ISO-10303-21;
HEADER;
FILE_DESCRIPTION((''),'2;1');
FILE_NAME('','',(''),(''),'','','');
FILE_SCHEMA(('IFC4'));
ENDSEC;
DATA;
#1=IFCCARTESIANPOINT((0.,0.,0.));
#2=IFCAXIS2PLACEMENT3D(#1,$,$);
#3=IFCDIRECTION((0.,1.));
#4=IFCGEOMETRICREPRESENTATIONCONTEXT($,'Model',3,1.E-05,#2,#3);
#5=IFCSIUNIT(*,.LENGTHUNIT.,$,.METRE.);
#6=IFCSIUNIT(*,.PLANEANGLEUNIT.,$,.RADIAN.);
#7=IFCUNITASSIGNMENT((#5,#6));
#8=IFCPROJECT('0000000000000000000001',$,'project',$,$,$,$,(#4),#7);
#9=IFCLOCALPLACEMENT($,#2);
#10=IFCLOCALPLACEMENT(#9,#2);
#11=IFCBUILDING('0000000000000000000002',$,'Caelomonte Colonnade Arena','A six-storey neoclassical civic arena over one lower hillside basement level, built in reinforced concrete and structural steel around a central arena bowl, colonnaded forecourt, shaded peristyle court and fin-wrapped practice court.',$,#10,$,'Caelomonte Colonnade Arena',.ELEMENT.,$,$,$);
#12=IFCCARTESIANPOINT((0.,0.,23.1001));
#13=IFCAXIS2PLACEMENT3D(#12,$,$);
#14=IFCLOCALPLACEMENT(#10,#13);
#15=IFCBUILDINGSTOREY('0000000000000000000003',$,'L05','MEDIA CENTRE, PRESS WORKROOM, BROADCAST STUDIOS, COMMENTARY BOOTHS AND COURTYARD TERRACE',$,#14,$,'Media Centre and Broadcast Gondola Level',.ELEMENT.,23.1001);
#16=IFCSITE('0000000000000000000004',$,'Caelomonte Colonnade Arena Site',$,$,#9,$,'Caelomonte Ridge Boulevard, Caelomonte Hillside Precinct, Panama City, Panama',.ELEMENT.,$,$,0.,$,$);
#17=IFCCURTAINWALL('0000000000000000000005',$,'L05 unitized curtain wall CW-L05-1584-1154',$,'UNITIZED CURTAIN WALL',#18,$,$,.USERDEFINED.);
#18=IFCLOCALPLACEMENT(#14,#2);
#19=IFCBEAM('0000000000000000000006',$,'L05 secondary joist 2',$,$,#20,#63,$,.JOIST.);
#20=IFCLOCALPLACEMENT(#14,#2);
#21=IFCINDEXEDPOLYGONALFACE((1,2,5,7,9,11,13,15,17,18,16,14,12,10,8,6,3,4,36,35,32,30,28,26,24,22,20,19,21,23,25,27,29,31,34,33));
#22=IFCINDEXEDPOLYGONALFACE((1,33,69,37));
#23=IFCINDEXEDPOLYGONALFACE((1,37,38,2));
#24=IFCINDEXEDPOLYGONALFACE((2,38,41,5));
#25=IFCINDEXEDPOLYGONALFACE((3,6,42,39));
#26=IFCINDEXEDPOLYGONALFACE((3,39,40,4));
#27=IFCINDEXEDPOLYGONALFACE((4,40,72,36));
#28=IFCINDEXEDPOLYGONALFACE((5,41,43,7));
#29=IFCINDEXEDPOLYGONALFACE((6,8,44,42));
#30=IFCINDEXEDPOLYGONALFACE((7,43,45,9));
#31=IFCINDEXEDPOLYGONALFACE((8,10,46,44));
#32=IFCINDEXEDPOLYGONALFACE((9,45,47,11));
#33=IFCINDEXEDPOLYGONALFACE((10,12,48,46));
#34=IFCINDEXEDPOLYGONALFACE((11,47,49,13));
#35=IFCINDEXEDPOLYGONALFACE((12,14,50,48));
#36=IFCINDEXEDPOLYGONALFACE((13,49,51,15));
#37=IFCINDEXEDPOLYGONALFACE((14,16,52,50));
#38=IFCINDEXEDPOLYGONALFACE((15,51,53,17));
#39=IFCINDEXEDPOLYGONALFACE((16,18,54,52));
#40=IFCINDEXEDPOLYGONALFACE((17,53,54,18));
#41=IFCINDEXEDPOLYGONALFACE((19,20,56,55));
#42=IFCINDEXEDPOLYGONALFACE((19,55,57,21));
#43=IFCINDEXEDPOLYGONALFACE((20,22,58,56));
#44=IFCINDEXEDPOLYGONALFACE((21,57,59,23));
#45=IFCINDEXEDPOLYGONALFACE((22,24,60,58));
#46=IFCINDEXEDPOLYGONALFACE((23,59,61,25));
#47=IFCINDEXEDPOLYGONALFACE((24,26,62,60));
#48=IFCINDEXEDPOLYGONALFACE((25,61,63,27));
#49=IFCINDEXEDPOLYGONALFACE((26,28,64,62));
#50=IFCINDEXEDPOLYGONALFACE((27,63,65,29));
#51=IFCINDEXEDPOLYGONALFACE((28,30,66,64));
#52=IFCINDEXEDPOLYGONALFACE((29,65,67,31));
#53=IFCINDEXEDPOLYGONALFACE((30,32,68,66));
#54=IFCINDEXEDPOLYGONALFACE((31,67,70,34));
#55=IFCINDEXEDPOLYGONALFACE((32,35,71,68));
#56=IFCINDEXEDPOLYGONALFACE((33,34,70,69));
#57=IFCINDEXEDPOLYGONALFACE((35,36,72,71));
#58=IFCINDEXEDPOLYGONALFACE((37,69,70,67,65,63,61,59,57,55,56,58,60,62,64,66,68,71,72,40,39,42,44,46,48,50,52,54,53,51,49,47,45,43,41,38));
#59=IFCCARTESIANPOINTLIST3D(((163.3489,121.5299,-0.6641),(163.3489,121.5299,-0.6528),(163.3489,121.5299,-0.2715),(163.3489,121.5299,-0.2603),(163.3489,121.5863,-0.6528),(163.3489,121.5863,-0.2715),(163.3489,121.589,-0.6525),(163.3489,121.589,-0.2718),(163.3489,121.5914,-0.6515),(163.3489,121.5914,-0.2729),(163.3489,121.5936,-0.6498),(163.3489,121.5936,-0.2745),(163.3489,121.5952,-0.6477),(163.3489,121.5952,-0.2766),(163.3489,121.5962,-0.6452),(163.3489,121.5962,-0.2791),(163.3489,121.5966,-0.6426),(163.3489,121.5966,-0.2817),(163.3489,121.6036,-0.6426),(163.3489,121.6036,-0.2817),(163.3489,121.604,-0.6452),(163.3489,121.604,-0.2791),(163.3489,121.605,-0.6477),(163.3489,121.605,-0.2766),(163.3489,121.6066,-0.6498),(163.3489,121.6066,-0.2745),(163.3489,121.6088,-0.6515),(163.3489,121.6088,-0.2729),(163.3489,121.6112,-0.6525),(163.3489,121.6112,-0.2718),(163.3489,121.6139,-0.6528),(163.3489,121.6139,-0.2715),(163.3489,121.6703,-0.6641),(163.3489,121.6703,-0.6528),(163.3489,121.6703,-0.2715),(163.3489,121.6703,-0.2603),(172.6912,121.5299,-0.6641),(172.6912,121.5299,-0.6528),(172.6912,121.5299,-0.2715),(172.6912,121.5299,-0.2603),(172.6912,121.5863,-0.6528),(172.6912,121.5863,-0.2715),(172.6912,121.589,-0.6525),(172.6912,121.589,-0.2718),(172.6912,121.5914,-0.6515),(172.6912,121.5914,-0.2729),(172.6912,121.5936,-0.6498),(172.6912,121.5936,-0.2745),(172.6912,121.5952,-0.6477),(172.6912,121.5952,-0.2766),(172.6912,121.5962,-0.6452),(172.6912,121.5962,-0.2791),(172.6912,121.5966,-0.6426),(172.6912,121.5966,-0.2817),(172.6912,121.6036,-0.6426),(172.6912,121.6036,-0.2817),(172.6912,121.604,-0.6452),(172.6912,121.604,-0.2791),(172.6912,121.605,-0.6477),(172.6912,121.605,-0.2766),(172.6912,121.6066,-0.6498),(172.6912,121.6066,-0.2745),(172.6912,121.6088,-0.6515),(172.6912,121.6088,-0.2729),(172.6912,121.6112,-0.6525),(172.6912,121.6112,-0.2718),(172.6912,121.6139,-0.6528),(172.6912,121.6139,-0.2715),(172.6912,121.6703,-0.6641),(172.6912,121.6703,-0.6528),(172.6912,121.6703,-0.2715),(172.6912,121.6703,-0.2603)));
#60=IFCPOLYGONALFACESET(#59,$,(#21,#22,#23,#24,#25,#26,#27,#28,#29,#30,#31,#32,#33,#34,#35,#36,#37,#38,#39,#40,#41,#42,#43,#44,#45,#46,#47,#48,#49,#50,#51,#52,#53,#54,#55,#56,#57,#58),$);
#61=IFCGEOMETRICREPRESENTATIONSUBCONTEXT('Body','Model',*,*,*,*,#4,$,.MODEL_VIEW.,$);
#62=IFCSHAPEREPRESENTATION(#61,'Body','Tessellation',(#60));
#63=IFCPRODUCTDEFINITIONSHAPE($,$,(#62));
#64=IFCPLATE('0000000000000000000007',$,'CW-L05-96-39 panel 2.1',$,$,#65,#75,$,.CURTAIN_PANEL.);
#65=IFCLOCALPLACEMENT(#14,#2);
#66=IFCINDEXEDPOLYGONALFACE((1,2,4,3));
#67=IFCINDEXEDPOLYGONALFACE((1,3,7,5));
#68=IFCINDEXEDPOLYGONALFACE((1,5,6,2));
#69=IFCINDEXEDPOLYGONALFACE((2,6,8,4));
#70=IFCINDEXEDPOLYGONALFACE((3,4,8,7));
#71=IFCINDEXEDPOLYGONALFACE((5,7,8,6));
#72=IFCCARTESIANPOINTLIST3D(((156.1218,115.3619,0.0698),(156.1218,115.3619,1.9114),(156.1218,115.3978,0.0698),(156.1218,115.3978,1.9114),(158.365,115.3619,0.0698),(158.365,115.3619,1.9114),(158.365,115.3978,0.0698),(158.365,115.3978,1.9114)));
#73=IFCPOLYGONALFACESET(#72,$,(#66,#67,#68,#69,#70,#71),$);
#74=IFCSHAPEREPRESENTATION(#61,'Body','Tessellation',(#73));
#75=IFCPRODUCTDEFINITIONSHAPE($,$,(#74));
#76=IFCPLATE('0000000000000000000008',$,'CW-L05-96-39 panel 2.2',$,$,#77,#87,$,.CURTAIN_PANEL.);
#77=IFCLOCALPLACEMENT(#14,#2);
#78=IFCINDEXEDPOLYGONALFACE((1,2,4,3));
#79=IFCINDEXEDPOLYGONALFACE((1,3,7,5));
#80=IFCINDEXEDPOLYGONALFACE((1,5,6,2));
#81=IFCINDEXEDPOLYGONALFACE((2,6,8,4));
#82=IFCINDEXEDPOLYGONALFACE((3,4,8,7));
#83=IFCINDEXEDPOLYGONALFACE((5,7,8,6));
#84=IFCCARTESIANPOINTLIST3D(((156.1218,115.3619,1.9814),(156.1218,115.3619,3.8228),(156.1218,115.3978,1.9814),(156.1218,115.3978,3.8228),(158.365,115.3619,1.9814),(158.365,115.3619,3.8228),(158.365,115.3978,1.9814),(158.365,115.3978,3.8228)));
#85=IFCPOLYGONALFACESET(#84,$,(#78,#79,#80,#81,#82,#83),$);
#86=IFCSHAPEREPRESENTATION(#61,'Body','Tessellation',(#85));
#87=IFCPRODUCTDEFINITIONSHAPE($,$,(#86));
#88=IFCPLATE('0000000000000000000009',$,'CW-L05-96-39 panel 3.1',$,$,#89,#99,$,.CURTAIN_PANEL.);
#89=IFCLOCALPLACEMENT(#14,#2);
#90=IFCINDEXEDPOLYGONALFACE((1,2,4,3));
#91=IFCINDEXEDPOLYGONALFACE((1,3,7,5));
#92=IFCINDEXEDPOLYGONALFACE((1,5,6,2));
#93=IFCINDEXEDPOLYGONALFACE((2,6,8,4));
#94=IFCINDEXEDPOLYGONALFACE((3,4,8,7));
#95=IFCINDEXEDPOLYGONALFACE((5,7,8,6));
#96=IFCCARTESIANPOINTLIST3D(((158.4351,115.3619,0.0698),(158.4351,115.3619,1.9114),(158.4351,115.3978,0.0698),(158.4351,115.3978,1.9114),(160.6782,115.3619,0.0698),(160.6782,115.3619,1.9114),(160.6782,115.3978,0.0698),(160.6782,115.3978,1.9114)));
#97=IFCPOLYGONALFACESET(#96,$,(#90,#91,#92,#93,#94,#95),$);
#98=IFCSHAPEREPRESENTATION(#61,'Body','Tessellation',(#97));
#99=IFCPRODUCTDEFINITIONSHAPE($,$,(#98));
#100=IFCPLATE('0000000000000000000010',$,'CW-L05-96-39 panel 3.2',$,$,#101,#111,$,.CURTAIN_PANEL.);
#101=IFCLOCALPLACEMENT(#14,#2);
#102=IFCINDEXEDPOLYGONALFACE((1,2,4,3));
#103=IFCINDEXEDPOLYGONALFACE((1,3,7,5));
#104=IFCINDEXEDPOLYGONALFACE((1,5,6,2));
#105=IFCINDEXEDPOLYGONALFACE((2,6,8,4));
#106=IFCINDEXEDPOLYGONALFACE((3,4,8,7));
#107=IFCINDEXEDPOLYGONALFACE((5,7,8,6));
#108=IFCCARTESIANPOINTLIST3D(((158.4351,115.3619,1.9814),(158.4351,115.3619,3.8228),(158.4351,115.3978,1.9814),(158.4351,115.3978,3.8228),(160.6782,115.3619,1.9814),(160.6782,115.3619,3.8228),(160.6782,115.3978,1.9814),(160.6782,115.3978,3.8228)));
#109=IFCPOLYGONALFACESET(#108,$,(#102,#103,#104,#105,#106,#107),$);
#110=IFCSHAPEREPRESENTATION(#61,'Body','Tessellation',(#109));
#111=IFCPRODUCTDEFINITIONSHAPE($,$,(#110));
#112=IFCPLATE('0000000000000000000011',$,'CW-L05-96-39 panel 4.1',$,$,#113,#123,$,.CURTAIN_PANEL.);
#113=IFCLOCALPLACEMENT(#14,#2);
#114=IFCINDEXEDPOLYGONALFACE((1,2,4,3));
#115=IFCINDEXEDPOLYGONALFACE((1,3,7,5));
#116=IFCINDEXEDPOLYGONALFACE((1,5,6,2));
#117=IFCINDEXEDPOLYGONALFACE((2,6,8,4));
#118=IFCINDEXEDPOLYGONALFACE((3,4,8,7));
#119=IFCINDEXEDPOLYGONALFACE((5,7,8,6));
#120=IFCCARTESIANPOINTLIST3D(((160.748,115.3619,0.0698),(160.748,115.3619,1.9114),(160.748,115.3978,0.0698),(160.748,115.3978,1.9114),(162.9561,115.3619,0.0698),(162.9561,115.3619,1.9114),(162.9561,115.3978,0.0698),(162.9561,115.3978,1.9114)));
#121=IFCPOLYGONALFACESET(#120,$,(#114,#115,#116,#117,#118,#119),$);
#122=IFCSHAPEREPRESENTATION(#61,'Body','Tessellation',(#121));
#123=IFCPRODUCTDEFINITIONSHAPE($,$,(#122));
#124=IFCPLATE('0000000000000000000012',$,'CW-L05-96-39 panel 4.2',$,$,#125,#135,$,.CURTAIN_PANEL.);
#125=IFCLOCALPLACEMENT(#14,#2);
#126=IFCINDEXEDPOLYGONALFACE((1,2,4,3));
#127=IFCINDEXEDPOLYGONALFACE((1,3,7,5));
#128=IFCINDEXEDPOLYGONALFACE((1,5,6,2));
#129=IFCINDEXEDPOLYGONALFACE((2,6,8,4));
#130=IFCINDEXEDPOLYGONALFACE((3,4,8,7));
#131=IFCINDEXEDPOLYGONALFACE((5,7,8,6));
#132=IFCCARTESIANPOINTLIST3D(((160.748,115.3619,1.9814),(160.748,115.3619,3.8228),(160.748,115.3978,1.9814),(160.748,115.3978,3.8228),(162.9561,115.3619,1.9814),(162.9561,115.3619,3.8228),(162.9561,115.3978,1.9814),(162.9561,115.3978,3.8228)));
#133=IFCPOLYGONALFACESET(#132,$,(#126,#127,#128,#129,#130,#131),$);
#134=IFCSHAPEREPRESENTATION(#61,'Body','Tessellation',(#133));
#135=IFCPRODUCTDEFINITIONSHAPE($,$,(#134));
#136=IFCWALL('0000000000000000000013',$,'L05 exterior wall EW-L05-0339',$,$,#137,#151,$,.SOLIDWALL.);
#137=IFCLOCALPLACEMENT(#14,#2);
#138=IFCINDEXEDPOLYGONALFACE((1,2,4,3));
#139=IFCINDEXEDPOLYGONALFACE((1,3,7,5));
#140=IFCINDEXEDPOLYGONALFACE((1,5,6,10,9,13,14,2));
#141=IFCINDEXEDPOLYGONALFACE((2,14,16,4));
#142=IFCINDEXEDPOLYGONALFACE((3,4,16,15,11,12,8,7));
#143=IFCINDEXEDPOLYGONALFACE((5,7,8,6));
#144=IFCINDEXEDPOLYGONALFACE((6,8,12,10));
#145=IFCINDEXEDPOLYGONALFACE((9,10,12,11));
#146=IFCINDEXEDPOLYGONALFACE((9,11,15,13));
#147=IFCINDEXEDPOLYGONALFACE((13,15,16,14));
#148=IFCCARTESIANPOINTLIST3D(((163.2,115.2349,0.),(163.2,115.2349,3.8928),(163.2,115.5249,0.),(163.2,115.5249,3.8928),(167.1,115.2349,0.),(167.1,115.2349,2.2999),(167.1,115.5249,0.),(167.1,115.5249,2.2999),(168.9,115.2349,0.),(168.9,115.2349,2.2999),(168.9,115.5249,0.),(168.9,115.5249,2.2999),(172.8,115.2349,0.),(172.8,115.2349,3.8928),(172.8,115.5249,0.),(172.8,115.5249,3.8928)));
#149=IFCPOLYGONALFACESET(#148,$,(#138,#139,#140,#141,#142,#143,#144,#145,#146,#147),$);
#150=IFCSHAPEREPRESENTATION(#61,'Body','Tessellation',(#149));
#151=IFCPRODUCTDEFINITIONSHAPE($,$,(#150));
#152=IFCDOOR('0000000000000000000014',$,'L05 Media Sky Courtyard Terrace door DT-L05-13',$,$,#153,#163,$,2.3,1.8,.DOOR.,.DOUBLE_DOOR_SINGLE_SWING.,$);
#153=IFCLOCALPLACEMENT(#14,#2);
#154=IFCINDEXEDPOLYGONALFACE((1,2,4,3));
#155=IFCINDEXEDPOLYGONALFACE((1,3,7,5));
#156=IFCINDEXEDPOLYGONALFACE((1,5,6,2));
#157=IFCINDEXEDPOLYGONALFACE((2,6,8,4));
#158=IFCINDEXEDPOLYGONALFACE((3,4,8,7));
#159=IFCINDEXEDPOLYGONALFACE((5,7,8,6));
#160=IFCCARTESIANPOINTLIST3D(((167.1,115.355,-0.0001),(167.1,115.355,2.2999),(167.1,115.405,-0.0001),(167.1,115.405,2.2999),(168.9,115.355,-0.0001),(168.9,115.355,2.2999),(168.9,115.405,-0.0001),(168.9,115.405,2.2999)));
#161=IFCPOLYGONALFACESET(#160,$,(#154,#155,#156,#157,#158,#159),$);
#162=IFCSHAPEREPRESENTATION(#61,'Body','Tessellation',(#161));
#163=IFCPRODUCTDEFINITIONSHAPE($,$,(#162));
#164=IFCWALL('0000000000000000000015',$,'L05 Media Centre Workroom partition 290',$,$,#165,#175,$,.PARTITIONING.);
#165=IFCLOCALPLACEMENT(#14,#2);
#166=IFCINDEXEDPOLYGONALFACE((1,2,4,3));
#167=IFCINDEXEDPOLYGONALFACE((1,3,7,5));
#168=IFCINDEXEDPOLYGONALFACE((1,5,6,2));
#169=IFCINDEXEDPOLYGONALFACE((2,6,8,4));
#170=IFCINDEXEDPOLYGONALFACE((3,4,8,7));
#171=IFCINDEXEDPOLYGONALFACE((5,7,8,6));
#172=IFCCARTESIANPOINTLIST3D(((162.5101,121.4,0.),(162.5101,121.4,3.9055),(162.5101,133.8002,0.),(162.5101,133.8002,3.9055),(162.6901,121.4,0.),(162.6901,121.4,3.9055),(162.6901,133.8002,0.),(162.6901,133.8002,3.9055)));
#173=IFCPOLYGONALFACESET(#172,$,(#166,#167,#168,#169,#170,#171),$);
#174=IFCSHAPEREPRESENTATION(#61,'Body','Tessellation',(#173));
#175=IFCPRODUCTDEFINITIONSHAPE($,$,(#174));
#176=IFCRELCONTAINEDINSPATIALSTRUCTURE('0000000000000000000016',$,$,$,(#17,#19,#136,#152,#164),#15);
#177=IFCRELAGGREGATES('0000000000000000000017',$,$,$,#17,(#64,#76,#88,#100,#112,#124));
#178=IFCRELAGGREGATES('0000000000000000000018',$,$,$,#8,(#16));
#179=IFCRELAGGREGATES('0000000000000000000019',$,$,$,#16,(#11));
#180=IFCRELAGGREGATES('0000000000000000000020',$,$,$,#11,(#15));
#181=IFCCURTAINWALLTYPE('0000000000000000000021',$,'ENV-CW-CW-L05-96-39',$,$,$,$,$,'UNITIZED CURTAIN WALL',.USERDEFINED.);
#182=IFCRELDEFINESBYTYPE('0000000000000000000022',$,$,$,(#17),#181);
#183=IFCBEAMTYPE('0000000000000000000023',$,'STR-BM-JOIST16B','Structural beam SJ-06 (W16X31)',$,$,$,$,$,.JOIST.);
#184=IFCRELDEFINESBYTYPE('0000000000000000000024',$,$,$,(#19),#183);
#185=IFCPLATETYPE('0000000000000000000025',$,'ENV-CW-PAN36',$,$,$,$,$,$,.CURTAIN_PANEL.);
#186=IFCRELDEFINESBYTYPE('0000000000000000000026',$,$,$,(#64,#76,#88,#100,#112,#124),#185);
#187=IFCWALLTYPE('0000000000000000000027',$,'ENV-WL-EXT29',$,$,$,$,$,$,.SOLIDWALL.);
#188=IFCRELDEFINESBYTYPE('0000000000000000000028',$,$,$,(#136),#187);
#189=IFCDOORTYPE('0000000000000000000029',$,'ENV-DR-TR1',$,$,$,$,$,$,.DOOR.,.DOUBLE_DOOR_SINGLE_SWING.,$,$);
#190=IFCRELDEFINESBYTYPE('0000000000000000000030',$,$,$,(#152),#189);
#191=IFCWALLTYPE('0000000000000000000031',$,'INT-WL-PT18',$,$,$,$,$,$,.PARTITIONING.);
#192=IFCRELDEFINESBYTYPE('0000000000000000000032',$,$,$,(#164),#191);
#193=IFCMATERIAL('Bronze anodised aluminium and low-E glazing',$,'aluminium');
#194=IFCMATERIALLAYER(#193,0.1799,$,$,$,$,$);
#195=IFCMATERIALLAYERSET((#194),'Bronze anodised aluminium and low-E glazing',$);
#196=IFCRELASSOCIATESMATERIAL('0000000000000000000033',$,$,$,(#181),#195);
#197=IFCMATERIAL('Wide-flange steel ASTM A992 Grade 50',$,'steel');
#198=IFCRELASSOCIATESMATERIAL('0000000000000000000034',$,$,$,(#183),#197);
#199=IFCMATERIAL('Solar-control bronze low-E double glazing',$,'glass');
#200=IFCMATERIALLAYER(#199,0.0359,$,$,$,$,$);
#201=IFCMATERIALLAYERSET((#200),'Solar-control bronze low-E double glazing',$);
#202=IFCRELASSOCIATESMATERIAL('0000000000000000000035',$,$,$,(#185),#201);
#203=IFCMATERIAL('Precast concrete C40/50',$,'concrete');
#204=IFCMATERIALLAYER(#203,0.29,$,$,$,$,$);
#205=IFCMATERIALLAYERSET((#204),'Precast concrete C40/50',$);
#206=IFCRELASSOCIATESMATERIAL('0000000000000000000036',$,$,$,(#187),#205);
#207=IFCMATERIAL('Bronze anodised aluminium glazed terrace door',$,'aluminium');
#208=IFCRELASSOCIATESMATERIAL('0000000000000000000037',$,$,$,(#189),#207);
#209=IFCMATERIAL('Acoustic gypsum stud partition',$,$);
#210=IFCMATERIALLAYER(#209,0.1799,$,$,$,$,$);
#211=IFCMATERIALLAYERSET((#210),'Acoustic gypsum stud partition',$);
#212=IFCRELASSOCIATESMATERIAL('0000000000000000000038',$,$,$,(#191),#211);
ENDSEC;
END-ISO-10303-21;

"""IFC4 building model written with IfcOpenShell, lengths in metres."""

from ifc_helpers import new_model, si_unit, direction, frame, frame_2d, origin, origin_2d, place, context, subcontext, project, spatial, rectangle, i_section, extrude, material, layer, layer_set, material_profile, profile_set, type_object, element, fill, aggregate, save


model = new_model("IFC4")

# Units and contexts
model_context = context("Model", 3, precision=1e-05, world=origin(), true_north=direction((0.0, 1.0)))
body_context = subcontext(model_context, "Body", "Model", "MODEL_VIEW")
ifc_project = project(units=[si_unit("LENGTHUNIT", "METRE"), si_unit("PLANEANGLEUNIT", "RADIAN")], contexts=[model_context])

# Site, building, storey
site_placement = place(None, origin())
site = spatial("IfcSite", under=ifc_project, at=site_placement, Name="Caelomonte Colonnade Arena Site", LongName="Caelomonte Ridge Boulevard, Caelomonte Hillside Precinct, Panama City, Panama", CompositionType="ELEMENT", RefElevation=0.0)
building_placement = place(site_placement, origin())
building = spatial("IfcBuilding", under=site, at=building_placement, Name="Caelomonte Colonnade Arena", Description="A six-storey neoclassical civic arena over one lower hillside basement level, built in reinforced concrete and structural steel around a central arena bowl, colonnaded forecourt, shaded peristyle court and fin-wrapped practice court.", LongName="Caelomonte Colonnade Arena", CompositionType="ELEMENT")
storey_placement = place(building_placement, frame((0.0, 0.0, 23.1001)))
storey = spatial("IfcBuildingStorey", under=building, at=storey_placement, Name="L05", Description="MEDIA CENTRE, PRESS WORKROOM, BROADCAST STUDIOS, COMMENTARY BOOTHS AND COURTYARD TERRACE", LongName="Media Centre and Broadcast Gondola Level", CompositionType="ELEMENT", Elevation=23.1001)

# Curtain wall
ifc_material_1 = material(Name="Bronze anodised aluminium and low-E glazing", Category="aluminium")
ifc_layer_1 = layer(ifc_material_1, 0.1799)
ifc_layer_set_1 = layer_set([ifc_layer_1], Name="Bronze anodised aluminium and low-E glazing")
curtain_wall_type = type_object("IfcCurtainWallType", Name="ENV-CW-CW-L05-96-39", ElementType="UNITIZED CURTAIN WALL", PredefinedType="USERDEFINED", material=ifc_layer_set_1)
curtain_wall_placement = place(storey_placement, origin())
curtain_wall = element("IfcCurtainWall", 1, at=curtain_wall_placement, inside=storey, type_object=curtain_wall_type, Name="L05 unitized curtain wall CW-L05-1584-1154", ObjectType="UNITIZED CURTAIN WALL", PredefinedType="USERDEFINED")

# Beam
ifc_material_2 = material(Name="Wide-flange steel ASTM A992 Grade 50", Category="steel")
ifc_material_profile_1 = material_profile(ifc_material_2, i_section(OverallWidth=0.1404, OverallDepth=0.4038, WebThickness=0.0071, FlangeThickness=0.0112, FilletRadius=0.0103, at=origin_2d()), Name="W16X31")
ifc_profile_set_1 = profile_set([ifc_material_profile_1], Name="Wide-flange steel ASTM A992 Grade 50")
beam_type = type_object("IfcBeamType", Name="STR-BM-JOIST16B", Description="Structural beam SJ-06 (W16X31)", PredefinedType="JOIST", material=ifc_profile_set_1)
for number, where, z_axis, x_axis, name in (
    (2, (163.3489, 121.6001, -0.4622), (1.0, 0.0, 0.0), (0.0, 1.0, 0.0), "L05 secondary joist 2"),
):
    element("IfcBeam", number, at=place(storey_placement, frame(where, z_axis=z_axis, x_axis=x_axis)), inside=storey, type_object=beam_type, Name=name, PredefinedType="JOIST", context=body_context, shape_type="SweptSolid", body=[
        extrude(i_section(OverallWidth=0.1404, OverallDepth=0.4038, WebThickness=0.0071, FlangeThickness=0.0112, FilletRadius=0.0103, at=origin_2d()), origin(), (0.0, 0.0, 1.0), 9.3423),
    ])

# Plates
ifc_material_3 = material(Name="Solar-control bronze low-E double glazing", Category="glass")
ifc_layer_2 = layer(ifc_material_3, 0.0359)
ifc_layer_set_2 = layer_set([ifc_layer_2], Name="Solar-control bronze low-E double glazing")
plate_type = type_object("IfcPlateType", Name="ENV-CW-PAN36", PredefinedType="CURTAIN_PANEL", material=ifc_layer_set_2)
plate_1_placement = place(storey_placement, frame((157.2434, 115.3799, 0.0698), z_axis=(0.0, 0.0, 1.0), x_axis=(1.0, 0.0, 0.0)))
plate_1 = element("IfcPlate", 3, at=plate_1_placement, type_object=plate_type, Name="CW-L05-96-39 panel 2.1", PredefinedType="CURTAIN_PANEL", context=body_context, shape_type="SweptSolid", body=[
    extrude(rectangle(XDim=2.2432, YDim=0.0359, at=origin_2d()), origin(), (0.0, 0.0, 1.0), 1.8416),
])
plate_2_placement = place(storey_placement, frame((157.2434, 115.3799, 1.9814), z_axis=(0.0, 0.0, 1.0), x_axis=(1.0, 0.0, 0.0)))
plate_2 = element("IfcPlate", 4, at=plate_2_placement, type_object=plate_type, Name="CW-L05-96-39 panel 2.2", PredefinedType="CURTAIN_PANEL", context=body_context, shape_type="SweptSolid", body=[
    extrude(rectangle(XDim=2.2432, YDim=0.0359, at=origin_2d()), origin(), (0.0, 0.0, 1.0), 1.8413),
])
plate_3_placement = place(storey_placement, frame((159.5566, 115.3799, 0.0698), z_axis=(0.0, 0.0, 1.0), x_axis=(1.0, 0.0, 0.0)))
plate_3 = element("IfcPlate", 5, at=plate_3_placement, type_object=plate_type, Name="CW-L05-96-39 panel 3.1", PredefinedType="CURTAIN_PANEL", context=body_context, shape_type="SweptSolid", body=[
    extrude(rectangle(XDim=2.2432, YDim=0.0359, at=origin_2d()), origin(), (0.0, 0.0, 1.0), 1.8416),
])
plate_4_placement = place(storey_placement, frame((159.5566, 115.3799, 1.9814), z_axis=(0.0, 0.0, 1.0), x_axis=(1.0, 0.0, 0.0)))
plate_4 = element("IfcPlate", 6, at=plate_4_placement, type_object=plate_type, Name="CW-L05-96-39 panel 3.2", PredefinedType="CURTAIN_PANEL", context=body_context, shape_type="SweptSolid", body=[
    extrude(rectangle(XDim=2.2432, YDim=0.0359, at=origin_2d()), origin(), (0.0, 0.0, 1.0), 1.8413),
])
plate_5_placement = place(storey_placement, frame((161.8521, 115.3799, 0.0698), z_axis=(0.0, 0.0, 1.0), x_axis=(1.0, 0.0, 0.0)))
plate_5 = element("IfcPlate", 7, at=plate_5_placement, type_object=plate_type, Name="CW-L05-96-39 panel 4.1", PredefinedType="CURTAIN_PANEL", context=body_context, shape_type="SweptSolid", body=[
    extrude(rectangle(XDim=2.208, YDim=0.0359, at=origin_2d()), origin(), (0.0, 0.0, 1.0), 1.8416),
])
plate_6_placement = place(storey_placement, frame((161.8521, 115.3799, 1.9814), z_axis=(0.0, 0.0, 1.0), x_axis=(1.0, 0.0, 0.0)))
plate_6 = element("IfcPlate", 8, at=plate_6_placement, type_object=plate_type, Name="CW-L05-96-39 panel 4.2", PredefinedType="CURTAIN_PANEL", context=body_context, shape_type="SweptSolid", body=[
    extrude(rectangle(XDim=2.208, YDim=0.0359, at=origin_2d()), origin(), (0.0, 0.0, 1.0), 1.8413),
])
aggregate(curtain_wall, [plate_1, plate_2, plate_3, plate_4, plate_5, plate_6])

# Wall, opening, door
ifc_material_4 = material(Name="Precast concrete C40/50", Category="concrete")
ifc_layer_3 = layer(ifc_material_4, 0.29)
ifc_layer_set_3 = layer_set([ifc_layer_3], Name="Precast concrete C40/50")
wall_type_1 = type_object("IfcWallType", Name="ENV-WL-EXT29", PredefinedType="SOLIDWALL", material=ifc_layer_set_3)
wall_1_placement = place(storey_placement, frame((163.2, 115.3799, 0.0), z_axis=(0.0, 0.0, 1.0), x_axis=(1.0, 0.0, 0.0)))
wall_1 = element("IfcWall", 9, at=wall_1_placement, inside=storey, type_object=wall_type_1, Name="L05 exterior wall EW-L05-0339", PredefinedType="SOLIDWALL", context=body_context, shape_type="SweptSolid", body=[
    extrude(rectangle(XDim=9.6001, YDim=0.29, at=frame_2d((4.8, 0.0))), origin(), (0.0, 0.0, 1.0), 3.8928),
])
opening_1_placement = place(wall_1_placement, frame((5.7, 0.0, 0.0), z_axis=(0.0, 0.0, 1.0), x_axis=(-1.0, 0.0, 0.0)))
opening_1 = element("IfcOpeningElement", 10, at=opening_1_placement, cuts=wall_1, PredefinedType="OPENING", context=body_context, shape_type="SweptSolid", body=[
    extrude(rectangle(XDim=1.8, YDim=2.3, at=frame_2d((0.8999, 1.1499))), frame((0.0, 0.155, 0.0), z_axis=(0.0, -1.0, 0.0), x_axis=(1.0, 0.0, 0.0)), (0.0, 0.0, 1.0), 0.3101),
])
ifc_material_5 = material(Name="Bronze anodised aluminium glazed terrace door", Category="aluminium")
door_type_1 = type_object("IfcDoorType", Name="ENV-DR-TR1", OperationType="DOUBLE_DOOR_SINGLE_SWING", PredefinedType="DOOR", material=ifc_material_5)
door_1_placement = place(opening_1_placement, origin())
door_1 = element("IfcDoor", 11, at=door_1_placement, inside=storey, type_object=door_type_1, Name="L05 Media Sky Courtyard Terrace door DT-L05-13", OperationType="DOUBLE_DOOR_SINGLE_SWING", OverallHeight=2.3, OverallWidth=1.8, PredefinedType="DOOR", context=body_context, shape_type="SweptSolid", body=[
    extrude(rectangle(XDim=1.8, YDim=2.3, at=frame_2d((0.8999, 1.1499))), frame((0.0, 0.0249, 0.0), z_axis=(0.0, -1.0, 0.0), x_axis=(1.0, 0.0, 0.0)), (0.0, 0.0, 1.0), 0.05),
])
fill(opening_1, door_1)

# Wall
ifc_material_6 = material(Name="Acoustic gypsum stud partition")
ifc_layer_4 = layer(ifc_material_6, 0.1799)
ifc_layer_set_4 = layer_set([ifc_layer_4], Name="Acoustic gypsum stud partition")
wall_type_2 = type_object("IfcWallType", Name="INT-WL-PT18", PredefinedType="PARTITIONING", material=ifc_layer_set_4)
wall_2_placement = place(storey_placement, frame((162.6001, 121.3999, 0.0), z_axis=(0.0, 0.0, 1.0), x_axis=(0.0, 1.0, 0.0)))
element("IfcWall", 12, at=wall_2_placement, inside=storey, type_object=wall_type_2, Name="L05 Media Centre Workroom partition 290", PredefinedType="PARTITIONING", context=body_context, shape_type="SweptSolid", body=[
    extrude(rectangle(XDim=12.4001, YDim=0.1799, at=frame_2d((6.2002, 0.0))), origin(), (0.0, 0.0, 1.0), 3.9055),
])

save(model, "model.ifc")
